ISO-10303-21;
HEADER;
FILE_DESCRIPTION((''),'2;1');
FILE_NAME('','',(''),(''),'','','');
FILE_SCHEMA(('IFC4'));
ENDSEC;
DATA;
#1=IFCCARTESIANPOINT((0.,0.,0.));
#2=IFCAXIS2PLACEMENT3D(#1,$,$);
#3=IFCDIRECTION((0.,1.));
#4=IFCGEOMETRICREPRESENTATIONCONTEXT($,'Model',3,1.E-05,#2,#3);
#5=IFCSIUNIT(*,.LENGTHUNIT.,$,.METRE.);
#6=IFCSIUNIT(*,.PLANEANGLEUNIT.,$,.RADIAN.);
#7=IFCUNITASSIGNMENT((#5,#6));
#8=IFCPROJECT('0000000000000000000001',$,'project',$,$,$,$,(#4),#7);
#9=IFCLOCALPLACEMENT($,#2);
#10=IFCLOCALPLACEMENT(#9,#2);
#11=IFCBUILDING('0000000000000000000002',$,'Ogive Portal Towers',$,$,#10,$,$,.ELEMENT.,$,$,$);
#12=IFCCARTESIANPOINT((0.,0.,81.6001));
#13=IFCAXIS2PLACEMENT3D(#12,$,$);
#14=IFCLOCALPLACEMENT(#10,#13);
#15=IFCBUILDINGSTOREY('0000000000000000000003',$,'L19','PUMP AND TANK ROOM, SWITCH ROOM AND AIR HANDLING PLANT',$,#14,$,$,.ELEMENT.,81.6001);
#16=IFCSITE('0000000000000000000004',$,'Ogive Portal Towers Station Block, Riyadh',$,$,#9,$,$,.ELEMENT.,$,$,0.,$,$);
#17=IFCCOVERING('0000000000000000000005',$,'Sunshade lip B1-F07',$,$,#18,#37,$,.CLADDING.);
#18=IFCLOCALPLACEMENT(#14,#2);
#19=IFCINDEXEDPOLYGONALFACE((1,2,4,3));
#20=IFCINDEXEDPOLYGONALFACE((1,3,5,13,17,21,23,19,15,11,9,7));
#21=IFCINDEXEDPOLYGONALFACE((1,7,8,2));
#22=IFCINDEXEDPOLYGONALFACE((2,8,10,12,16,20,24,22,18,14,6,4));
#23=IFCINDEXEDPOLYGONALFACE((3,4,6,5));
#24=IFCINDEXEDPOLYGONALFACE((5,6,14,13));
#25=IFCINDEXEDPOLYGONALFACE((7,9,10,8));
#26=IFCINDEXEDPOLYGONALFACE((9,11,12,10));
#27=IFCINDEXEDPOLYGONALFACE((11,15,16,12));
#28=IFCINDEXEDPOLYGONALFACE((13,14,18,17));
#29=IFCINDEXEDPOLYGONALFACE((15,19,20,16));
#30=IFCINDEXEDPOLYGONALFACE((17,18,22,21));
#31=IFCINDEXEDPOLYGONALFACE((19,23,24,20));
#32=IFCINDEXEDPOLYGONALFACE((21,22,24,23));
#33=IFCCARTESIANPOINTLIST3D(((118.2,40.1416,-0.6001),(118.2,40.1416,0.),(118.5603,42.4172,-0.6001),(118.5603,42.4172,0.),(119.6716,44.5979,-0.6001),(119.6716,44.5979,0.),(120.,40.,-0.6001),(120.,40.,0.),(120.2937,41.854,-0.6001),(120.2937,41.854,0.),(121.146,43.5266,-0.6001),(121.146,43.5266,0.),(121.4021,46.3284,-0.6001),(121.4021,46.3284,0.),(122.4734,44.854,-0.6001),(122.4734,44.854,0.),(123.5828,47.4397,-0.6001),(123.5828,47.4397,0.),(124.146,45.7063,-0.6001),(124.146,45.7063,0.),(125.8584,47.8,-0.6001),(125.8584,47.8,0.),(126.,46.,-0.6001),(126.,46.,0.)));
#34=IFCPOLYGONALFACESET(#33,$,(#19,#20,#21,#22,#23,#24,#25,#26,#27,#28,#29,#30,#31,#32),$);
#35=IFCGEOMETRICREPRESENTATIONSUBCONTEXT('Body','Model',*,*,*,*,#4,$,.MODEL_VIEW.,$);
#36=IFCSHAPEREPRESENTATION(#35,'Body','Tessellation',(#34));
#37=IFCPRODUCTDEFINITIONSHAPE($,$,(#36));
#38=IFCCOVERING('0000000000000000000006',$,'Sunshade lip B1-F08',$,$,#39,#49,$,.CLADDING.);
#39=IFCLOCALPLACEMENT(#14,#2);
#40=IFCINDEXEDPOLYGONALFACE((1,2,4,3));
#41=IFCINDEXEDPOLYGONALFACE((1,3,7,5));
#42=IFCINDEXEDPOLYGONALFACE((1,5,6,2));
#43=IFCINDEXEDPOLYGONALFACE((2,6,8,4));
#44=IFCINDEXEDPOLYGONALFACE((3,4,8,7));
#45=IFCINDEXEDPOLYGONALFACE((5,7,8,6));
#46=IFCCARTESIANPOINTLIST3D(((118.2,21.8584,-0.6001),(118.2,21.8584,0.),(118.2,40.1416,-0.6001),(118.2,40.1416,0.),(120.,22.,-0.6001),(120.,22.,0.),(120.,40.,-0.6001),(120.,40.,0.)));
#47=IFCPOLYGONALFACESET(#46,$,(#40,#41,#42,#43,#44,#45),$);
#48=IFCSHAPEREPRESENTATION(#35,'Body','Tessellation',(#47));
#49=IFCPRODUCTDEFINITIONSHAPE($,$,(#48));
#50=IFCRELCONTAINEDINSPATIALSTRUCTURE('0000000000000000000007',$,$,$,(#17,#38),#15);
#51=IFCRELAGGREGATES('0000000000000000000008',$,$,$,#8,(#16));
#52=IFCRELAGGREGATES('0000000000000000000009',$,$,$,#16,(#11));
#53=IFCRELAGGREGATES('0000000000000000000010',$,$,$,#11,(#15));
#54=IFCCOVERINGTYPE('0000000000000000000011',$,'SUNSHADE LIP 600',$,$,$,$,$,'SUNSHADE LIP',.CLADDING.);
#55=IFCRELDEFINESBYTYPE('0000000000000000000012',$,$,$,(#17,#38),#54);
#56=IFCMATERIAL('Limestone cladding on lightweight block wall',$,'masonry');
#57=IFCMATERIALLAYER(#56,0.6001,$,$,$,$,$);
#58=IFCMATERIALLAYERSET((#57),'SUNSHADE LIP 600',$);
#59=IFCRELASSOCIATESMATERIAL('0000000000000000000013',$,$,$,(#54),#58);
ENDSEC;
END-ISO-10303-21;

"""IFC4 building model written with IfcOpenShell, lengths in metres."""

from ifc_helpers import new_model, si_unit, direction, frame, origin, place, context, subcontext, project, spatial, polyline, outline, extrude, material, layer, layer_set, type_object, element, save


model = new_model("IFC4")

# Units and contexts
model_context = context("Model", 3, precision=1e-05, world=origin(), true_north=direction((0.0, 1.0)))
body_context = subcontext(model_context, "Body", "Model", "MODEL_VIEW")
ifc_project = project(units=[si_unit("LENGTHUNIT", "METRE"), si_unit("PLANEANGLEUNIT", "RADIAN")], contexts=[model_context])

# Site, building, storey
site_placement = place(None, origin())
site = spatial("IfcSite", under=ifc_project, at=site_placement, Name="Ogive Portal Towers Station Block, Riyadh", CompositionType="ELEMENT", RefElevation=0.0)
building_placement = place(site_placement, origin())
building = spatial("IfcBuilding", under=site, at=building_placement, Name="Ogive Portal Towers", CompositionType="ELEMENT")
storey_placement = place(building_placement, frame((0.0, 0.0, 81.6001)))
storey = spatial("IfcBuildingStorey", under=building, at=storey_placement, Name="L19", Description="PUMP AND TANK ROOM, SWITCH ROOM AND AIR HANDLING PLANT", CompositionType="ELEMENT", Elevation=81.6001)

# Coverings
ifc_material_1 = material(Name="Limestone cladding on lightweight block wall", Category="masonry")
ifc_layer_1 = layer(ifc_material_1, 0.6001)
ifc_layer_set_1 = layer_set([ifc_layer_1], Name="SUNSHADE LIP 600")
covering_type = type_object("IfcCoveringType", Name="SUNSHADE LIP 600", ElementType="SUNSHADE LIP", PredefinedType="CLADDING", material=ifc_layer_set_1)
covering_1_placement = place(storey_placement, frame((0.0, 0.0, -0.6001)))
element("IfcCovering", 1, at=covering_1_placement, inside=storey, type_object=covering_type, Name="Sunshade lip B1-F07", PredefinedType="CLADDING", context=body_context, shape_type="SweptSolid", body=[
    extrude(outline(polyline([(126.0, 46.0), (124.146, 45.7063), (122.4734, 44.854), (121.146, 43.5266), (120.2937, 41.854), (120.0, 40.0), (118.2, 40.1416), (118.5603, 42.4172), (119.6716, 44.5979), (121.4021, 46.3284), (123.5828, 47.4397), (125.8584, 47.8), (126.0, 46.0)])), origin(), (0.0, 0.0, 1.0), 0.6001),
])
covering_2_placement = place(storey_placement, frame((0.0, 0.0, -0.6001)))
element("IfcCovering", 2, at=covering_2_placement, inside=storey, type_object=covering_type, Name="Sunshade lip B1-F08", PredefinedType="CLADDING", context=body_context, shape_type="SweptSolid", body=[
    extrude(outline(polyline([(120.0, 40.0), (120.0, 22.0), (118.2, 21.8584), (118.2, 40.1416), (120.0, 40.0)])), origin(), (0.0, 0.0, 1.0), 0.6001),
])

save(model, "model.ifc")
